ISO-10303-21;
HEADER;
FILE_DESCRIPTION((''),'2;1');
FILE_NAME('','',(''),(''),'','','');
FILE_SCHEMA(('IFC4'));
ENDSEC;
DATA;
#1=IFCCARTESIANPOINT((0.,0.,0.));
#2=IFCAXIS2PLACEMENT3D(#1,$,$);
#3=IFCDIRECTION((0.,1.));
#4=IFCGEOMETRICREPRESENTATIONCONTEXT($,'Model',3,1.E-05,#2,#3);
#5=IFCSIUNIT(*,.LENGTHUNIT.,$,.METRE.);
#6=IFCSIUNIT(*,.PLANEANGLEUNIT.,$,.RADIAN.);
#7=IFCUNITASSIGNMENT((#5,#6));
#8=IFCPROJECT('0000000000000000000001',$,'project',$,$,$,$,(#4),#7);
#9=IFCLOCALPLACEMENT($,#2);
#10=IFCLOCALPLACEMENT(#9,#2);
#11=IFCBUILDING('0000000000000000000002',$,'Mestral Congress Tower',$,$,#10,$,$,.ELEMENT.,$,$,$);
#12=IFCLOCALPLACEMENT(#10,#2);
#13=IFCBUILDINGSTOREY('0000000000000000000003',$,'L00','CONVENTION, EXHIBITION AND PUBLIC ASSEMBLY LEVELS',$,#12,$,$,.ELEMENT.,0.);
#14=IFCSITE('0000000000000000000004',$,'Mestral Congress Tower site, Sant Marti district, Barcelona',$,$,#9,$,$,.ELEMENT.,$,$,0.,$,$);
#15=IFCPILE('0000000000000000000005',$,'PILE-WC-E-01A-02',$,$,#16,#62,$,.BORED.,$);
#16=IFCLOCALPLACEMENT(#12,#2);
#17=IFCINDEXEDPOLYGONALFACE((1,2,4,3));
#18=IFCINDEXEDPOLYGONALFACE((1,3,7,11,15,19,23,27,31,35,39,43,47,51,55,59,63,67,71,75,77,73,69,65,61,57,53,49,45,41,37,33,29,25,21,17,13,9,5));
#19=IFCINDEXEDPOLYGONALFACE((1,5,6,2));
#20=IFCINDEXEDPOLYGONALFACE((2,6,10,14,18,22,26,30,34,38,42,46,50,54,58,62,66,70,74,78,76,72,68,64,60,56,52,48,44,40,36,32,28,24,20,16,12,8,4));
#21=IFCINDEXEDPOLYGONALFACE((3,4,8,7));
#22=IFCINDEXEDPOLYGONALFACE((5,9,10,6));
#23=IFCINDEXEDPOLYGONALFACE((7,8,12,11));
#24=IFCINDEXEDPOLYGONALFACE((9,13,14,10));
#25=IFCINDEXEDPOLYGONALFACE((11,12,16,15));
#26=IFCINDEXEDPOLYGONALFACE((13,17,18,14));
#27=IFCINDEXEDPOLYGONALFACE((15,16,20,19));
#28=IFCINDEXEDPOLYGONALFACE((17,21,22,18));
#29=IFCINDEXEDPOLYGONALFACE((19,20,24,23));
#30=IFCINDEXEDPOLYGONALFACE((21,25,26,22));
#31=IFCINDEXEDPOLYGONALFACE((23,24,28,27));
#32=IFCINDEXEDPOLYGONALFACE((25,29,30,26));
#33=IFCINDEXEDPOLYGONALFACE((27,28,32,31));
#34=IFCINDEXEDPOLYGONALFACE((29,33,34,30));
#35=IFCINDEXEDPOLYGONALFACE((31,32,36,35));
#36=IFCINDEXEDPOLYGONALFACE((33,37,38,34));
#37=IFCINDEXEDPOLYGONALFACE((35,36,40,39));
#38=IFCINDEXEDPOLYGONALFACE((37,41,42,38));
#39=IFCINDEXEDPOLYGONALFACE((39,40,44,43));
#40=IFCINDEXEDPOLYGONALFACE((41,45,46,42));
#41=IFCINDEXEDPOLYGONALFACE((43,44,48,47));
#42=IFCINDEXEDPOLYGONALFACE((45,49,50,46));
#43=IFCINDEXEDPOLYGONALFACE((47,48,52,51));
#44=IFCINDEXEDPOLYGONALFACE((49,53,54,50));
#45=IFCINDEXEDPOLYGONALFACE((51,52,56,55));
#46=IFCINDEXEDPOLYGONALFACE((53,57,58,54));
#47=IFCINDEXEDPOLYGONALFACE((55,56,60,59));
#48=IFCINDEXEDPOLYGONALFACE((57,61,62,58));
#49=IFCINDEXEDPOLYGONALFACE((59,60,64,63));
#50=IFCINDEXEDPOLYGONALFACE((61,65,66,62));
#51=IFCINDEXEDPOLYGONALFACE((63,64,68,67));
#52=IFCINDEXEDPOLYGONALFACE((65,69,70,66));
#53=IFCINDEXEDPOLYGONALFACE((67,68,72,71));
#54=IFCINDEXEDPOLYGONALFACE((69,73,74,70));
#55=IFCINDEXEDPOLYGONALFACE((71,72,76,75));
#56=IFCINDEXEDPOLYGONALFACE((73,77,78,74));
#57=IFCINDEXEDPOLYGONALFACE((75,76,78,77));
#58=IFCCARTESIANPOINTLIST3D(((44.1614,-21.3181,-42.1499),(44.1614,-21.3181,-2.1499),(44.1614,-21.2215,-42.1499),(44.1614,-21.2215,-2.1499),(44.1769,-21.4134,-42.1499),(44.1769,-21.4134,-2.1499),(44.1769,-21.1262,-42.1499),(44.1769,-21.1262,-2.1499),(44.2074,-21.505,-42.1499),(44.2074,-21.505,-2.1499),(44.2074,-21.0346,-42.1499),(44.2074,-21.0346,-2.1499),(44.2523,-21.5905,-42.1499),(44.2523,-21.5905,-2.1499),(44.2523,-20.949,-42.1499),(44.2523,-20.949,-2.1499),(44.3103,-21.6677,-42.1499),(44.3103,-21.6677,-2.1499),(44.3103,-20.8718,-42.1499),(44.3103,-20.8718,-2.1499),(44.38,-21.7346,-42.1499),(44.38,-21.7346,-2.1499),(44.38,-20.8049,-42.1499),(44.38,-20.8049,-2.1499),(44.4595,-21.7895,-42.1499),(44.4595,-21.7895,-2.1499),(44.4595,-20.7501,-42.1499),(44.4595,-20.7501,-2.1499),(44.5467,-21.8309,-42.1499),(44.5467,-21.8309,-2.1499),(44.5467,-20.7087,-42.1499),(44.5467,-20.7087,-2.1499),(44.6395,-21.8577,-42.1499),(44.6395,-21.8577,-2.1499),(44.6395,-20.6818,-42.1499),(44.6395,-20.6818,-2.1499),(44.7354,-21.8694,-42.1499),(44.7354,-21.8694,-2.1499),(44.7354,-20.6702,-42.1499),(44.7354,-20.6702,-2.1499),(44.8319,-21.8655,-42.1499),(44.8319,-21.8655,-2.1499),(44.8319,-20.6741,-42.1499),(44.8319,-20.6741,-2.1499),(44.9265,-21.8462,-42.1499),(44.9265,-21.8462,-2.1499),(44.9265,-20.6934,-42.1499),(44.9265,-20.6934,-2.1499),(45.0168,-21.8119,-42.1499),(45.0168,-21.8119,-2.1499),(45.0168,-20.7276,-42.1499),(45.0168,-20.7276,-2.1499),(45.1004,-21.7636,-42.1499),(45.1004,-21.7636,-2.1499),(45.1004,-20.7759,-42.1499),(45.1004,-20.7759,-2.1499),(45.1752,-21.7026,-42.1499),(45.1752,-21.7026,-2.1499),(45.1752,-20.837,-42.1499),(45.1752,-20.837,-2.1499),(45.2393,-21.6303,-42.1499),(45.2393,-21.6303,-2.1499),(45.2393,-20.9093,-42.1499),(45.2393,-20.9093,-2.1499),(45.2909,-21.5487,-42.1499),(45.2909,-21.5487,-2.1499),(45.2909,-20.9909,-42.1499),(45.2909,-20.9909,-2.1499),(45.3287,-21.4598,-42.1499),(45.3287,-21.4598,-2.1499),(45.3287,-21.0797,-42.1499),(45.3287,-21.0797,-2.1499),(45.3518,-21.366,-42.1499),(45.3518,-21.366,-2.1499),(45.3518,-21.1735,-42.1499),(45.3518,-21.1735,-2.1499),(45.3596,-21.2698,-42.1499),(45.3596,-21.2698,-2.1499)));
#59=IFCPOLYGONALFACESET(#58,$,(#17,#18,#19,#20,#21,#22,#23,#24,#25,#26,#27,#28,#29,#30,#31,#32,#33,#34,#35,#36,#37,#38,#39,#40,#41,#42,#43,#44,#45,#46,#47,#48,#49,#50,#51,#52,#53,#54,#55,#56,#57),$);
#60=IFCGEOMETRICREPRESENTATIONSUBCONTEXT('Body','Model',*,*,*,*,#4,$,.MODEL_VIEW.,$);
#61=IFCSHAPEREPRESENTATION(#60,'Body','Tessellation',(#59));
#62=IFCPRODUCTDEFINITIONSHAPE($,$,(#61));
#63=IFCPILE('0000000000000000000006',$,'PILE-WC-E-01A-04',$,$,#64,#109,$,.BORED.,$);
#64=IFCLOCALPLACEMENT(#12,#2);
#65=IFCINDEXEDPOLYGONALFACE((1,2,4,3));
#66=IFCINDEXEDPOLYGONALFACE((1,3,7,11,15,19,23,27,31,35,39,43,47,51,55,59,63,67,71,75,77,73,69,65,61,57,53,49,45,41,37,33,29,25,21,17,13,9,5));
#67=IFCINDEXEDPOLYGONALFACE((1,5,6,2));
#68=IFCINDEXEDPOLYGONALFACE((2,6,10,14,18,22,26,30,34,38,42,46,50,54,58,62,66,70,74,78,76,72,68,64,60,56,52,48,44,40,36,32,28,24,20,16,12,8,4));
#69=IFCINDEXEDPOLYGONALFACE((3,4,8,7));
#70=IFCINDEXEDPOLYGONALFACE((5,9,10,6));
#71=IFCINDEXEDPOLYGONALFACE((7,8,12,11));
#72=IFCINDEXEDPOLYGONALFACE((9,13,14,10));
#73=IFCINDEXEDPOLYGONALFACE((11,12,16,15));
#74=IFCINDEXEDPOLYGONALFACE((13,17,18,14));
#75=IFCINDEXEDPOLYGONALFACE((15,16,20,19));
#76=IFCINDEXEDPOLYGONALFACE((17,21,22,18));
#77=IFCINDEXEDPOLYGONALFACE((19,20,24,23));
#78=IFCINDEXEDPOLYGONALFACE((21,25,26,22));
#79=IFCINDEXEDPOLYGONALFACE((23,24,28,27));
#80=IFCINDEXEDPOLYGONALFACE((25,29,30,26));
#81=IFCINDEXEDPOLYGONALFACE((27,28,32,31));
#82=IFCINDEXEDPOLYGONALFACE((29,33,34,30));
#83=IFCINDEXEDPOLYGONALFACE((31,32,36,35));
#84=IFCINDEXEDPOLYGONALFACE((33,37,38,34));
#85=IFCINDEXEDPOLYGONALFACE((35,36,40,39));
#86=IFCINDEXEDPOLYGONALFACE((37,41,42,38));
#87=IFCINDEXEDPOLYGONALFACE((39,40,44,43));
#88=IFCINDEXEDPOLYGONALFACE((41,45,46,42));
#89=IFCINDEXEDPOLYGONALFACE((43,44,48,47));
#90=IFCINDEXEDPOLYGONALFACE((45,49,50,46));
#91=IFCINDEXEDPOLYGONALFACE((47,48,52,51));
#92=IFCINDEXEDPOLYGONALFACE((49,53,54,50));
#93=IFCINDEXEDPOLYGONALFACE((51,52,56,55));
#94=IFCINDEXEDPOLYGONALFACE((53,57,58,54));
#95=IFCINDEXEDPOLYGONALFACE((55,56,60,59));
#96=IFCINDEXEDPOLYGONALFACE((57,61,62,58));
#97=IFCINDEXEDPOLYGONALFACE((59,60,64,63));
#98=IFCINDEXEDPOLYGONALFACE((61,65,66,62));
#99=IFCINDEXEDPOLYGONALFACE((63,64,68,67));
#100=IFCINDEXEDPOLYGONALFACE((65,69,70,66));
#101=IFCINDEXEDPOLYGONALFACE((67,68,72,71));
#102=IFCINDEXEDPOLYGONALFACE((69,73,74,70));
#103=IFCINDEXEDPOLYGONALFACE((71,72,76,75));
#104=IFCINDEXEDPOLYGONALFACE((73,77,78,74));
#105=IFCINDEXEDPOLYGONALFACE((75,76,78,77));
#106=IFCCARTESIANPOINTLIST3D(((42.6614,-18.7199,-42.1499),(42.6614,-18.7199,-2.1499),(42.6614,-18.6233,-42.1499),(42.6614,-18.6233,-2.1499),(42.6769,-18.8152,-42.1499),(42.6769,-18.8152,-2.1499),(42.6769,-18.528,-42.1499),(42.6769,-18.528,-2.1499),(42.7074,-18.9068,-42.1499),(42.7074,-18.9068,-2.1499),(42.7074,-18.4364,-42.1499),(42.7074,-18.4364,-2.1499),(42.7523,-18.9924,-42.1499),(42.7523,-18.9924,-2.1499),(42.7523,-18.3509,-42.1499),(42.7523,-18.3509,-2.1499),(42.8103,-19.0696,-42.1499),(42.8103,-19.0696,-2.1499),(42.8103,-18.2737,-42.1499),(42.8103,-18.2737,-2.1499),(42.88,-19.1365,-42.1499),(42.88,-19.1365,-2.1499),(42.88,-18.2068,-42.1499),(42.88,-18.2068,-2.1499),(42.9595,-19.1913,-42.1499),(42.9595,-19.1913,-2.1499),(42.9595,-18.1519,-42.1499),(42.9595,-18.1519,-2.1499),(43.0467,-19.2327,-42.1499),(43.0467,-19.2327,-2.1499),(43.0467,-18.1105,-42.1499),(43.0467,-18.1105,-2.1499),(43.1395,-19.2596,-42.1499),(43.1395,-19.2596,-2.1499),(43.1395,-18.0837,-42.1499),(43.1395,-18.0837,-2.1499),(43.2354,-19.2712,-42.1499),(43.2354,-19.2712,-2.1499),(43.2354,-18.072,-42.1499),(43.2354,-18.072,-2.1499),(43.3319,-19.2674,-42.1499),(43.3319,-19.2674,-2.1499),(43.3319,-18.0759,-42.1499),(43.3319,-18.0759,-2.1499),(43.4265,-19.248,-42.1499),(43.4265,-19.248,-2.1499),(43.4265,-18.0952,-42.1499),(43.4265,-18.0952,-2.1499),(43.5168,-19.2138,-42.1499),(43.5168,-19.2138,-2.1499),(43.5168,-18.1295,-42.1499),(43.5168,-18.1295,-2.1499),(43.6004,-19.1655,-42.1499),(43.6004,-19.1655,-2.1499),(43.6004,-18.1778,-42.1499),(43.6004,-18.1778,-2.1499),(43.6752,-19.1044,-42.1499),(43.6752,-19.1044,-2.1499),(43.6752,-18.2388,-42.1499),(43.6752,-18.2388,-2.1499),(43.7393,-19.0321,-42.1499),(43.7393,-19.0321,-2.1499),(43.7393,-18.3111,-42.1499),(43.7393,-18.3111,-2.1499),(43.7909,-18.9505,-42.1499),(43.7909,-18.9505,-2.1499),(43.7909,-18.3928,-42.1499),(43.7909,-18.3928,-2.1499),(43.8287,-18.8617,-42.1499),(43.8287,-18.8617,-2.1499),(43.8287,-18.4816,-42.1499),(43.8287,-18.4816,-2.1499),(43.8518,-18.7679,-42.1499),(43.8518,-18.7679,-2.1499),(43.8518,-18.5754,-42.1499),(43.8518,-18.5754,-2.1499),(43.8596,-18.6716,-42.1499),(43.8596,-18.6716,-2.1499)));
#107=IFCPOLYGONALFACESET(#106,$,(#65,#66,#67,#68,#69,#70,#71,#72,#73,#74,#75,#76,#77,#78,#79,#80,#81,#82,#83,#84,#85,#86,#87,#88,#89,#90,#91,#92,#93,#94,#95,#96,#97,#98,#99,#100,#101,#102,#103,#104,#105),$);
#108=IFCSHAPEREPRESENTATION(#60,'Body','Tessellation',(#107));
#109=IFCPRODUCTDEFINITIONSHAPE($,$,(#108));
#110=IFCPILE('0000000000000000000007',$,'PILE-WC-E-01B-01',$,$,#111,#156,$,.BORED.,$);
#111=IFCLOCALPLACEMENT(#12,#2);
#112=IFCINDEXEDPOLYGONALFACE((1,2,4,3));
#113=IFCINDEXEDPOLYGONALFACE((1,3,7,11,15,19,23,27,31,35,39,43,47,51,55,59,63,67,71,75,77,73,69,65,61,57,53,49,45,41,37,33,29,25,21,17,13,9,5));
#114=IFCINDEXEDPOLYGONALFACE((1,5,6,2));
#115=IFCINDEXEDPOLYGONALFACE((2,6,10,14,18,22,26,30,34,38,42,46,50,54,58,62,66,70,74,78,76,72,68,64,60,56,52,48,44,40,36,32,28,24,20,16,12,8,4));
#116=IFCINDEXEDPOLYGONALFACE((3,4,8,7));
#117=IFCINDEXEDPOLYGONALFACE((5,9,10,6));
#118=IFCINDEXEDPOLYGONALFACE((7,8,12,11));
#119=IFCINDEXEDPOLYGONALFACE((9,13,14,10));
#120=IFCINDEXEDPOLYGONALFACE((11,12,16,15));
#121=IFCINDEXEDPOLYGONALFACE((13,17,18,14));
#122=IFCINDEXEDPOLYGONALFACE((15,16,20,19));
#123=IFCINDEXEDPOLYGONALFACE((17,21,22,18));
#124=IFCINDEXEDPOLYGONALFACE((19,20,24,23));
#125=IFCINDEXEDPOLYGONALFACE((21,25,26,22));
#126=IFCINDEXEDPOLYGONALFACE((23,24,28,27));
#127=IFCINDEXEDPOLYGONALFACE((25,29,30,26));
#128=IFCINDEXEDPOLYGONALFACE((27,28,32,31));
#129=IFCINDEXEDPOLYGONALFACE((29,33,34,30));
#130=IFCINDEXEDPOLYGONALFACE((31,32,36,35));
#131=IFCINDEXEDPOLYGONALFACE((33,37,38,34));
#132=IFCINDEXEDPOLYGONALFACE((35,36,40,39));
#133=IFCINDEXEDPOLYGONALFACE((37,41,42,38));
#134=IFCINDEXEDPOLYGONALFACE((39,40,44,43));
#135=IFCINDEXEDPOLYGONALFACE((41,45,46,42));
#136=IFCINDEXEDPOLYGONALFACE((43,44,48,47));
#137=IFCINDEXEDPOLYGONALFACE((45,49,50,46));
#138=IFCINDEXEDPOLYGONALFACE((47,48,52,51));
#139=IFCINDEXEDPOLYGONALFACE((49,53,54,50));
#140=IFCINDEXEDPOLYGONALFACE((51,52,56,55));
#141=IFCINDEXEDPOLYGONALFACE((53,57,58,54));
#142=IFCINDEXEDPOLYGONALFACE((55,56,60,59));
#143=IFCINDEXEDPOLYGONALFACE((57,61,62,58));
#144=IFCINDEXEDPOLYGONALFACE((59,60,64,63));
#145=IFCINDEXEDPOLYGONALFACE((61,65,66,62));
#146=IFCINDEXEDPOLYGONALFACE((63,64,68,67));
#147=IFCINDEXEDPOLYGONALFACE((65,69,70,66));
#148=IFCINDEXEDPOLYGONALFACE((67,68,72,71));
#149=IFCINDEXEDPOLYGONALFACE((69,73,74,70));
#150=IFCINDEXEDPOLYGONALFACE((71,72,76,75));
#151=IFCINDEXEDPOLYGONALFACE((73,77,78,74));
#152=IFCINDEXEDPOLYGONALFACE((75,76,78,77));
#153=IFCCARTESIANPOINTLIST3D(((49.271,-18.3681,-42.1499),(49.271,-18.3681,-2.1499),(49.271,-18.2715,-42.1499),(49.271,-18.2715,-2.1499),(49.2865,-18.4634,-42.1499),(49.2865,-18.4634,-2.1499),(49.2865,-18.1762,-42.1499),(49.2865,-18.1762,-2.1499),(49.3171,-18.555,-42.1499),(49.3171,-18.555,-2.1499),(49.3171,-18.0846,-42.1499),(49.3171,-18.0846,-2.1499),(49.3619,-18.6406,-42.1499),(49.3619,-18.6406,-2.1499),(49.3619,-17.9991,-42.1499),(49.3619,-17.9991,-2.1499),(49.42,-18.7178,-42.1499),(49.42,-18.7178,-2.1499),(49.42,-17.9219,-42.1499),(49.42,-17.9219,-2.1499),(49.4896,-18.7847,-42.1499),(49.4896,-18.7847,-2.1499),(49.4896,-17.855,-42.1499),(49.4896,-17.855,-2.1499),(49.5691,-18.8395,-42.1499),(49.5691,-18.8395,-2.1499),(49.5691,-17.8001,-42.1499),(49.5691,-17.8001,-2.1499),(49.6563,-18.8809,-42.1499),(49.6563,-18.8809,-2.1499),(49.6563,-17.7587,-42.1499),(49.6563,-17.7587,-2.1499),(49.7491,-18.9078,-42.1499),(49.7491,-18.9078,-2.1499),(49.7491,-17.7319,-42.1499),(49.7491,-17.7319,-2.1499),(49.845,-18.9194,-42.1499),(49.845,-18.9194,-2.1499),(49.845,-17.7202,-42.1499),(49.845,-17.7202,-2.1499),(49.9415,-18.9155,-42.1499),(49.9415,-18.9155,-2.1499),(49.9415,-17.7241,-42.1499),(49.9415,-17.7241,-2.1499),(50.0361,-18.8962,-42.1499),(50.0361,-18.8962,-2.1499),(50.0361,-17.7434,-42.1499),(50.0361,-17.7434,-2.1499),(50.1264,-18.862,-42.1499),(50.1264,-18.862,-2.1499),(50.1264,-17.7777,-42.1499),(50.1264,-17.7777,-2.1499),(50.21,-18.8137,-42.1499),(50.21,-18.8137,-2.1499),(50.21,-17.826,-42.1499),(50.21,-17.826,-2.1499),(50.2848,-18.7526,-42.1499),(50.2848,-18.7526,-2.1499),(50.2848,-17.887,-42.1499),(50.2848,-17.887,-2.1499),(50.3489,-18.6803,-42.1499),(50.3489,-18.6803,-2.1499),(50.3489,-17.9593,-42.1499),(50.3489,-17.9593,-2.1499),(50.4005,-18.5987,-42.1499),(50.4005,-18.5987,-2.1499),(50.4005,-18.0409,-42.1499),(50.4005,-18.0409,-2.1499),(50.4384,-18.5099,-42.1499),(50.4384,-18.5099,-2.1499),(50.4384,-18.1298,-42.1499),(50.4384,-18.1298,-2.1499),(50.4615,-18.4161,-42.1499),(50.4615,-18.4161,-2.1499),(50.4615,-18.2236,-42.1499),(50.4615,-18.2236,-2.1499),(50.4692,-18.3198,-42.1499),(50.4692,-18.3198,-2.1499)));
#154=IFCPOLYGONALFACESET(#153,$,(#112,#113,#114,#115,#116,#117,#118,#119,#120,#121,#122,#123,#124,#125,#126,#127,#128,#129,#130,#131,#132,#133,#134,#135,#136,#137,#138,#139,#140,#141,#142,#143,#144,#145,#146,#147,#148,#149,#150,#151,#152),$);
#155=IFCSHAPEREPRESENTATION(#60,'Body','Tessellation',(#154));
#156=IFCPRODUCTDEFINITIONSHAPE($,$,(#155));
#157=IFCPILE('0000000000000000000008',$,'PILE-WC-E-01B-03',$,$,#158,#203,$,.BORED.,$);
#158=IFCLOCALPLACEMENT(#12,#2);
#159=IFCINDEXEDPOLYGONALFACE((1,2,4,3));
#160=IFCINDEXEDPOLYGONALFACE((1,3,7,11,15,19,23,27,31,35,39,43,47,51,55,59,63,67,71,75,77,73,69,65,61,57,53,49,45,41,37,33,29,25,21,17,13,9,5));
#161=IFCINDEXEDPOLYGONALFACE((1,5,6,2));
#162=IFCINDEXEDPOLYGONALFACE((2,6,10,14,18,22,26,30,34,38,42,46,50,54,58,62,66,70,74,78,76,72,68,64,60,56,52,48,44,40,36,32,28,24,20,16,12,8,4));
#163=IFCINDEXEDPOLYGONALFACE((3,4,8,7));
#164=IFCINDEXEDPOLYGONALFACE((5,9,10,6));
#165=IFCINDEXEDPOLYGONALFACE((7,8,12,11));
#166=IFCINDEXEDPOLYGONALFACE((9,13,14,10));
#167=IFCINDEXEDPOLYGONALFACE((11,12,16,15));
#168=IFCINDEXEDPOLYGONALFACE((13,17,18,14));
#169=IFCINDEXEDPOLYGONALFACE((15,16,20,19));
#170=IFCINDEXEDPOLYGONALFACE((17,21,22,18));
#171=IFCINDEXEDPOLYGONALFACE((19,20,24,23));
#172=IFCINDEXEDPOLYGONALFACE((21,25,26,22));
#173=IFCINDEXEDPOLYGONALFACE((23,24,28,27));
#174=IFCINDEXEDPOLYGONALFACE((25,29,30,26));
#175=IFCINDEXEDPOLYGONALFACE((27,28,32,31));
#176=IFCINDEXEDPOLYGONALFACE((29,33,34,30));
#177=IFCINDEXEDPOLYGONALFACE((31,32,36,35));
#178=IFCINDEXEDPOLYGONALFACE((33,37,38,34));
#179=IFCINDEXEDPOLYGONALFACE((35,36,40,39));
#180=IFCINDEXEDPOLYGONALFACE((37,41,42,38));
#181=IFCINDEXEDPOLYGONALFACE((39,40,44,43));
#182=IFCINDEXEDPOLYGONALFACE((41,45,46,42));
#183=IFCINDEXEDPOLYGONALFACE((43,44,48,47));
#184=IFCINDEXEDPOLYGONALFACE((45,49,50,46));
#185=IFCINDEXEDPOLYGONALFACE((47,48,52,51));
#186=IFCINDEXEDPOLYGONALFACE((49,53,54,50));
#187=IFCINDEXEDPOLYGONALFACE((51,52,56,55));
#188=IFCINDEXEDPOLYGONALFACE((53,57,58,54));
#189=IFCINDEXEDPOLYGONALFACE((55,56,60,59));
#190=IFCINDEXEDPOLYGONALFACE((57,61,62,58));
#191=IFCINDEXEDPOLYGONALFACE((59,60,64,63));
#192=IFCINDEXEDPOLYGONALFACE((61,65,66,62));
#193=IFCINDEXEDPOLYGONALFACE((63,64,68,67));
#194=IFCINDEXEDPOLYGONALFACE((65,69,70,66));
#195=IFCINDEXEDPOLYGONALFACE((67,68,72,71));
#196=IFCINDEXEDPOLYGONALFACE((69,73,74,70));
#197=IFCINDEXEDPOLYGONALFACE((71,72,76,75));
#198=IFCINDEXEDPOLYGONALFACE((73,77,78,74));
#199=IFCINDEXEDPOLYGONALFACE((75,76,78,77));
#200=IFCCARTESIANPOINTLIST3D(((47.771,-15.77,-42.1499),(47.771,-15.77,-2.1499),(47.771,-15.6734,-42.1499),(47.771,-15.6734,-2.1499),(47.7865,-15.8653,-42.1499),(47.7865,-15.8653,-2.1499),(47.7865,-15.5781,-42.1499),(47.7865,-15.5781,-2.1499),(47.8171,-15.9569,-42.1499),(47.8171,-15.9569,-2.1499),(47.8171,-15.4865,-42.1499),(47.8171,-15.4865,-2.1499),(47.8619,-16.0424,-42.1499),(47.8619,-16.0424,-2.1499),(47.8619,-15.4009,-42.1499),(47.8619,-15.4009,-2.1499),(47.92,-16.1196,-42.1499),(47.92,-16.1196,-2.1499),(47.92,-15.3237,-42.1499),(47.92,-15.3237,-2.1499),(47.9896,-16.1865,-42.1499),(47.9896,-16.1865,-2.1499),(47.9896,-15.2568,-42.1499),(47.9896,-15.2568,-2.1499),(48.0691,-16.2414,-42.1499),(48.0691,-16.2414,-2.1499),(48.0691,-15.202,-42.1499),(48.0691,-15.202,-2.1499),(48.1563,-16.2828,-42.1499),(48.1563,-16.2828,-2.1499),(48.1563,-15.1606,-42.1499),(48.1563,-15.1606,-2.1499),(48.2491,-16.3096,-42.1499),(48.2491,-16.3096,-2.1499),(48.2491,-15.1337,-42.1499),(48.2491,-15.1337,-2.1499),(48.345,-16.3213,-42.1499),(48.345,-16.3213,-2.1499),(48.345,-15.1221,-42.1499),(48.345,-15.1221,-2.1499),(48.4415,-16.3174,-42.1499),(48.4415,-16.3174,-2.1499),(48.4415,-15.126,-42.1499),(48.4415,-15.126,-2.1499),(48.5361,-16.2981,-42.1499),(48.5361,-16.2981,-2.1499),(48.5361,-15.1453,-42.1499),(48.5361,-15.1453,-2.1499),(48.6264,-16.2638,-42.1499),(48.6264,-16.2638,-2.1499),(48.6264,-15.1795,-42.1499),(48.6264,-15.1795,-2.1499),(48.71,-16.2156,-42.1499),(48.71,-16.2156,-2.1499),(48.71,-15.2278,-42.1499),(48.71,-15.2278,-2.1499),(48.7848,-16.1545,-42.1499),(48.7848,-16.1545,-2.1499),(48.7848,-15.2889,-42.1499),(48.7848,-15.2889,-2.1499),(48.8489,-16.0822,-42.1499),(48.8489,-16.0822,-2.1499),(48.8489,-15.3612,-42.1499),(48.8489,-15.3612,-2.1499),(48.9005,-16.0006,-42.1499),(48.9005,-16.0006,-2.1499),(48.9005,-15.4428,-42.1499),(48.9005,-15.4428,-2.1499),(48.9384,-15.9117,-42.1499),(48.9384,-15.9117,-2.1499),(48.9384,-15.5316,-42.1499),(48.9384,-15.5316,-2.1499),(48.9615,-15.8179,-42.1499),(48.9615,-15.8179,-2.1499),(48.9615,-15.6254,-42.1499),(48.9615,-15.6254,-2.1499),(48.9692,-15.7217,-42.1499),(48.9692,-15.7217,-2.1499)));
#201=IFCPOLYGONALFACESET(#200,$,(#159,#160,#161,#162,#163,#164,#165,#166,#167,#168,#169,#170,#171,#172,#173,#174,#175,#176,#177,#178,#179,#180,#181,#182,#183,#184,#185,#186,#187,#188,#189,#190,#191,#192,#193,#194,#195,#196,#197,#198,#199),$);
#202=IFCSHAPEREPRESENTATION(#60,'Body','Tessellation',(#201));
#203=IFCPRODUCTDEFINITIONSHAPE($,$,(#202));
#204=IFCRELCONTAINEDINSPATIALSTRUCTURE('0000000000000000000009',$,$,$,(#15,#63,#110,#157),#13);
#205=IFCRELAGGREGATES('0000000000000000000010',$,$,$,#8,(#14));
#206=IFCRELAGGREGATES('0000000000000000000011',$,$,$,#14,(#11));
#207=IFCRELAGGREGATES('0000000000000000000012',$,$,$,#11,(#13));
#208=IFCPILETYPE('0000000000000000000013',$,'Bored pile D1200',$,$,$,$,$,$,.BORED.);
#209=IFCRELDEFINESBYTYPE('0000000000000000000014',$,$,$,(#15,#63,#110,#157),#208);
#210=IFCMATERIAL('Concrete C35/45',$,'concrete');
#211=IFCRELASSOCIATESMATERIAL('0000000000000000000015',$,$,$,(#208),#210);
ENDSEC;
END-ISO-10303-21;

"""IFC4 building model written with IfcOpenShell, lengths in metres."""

from ifc_helpers import new_model, si_unit, direction, frame, origin, origin_2d, place, context, subcontext, project, spatial, circle, extrude, material, material_profile, profile_set, type_object, element, save


model = new_model("IFC4")

# Units and contexts
model_context = context("Model", 3, precision=1e-05, world=origin(), true_north=direction((0.0, 1.0)))
body_context = subcontext(model_context, "Body", "Model", "MODEL_VIEW")
ifc_project = project(units=[si_unit("LENGTHUNIT", "METRE"), si_unit("PLANEANGLEUNIT", "RADIAN")], contexts=[model_context])

# Site, building, storey
site_placement = place(None, origin())
site = spatial("IfcSite", under=ifc_project, at=site_placement, Name="Mestral Congress Tower site, Sant Marti district, Barcelona", CompositionType="ELEMENT", RefElevation=0.0)
building_placement = place(site_placement, origin())
building = spatial("IfcBuilding", under=site, at=building_placement, Name="Mestral Congress Tower", CompositionType="ELEMENT")
storey_placement = place(building_placement, origin())
storey = spatial("IfcBuildingStorey", under=building, at=storey_placement, Name="L00", Description="CONVENTION, EXHIBITION AND PUBLIC ASSEMBLY LEVELS", CompositionType="ELEMENT", Elevation=0.0)

# Piles
ifc_material_1 = material(Name="Concrete C35/45", Category="concrete")
ifc_material_profile_1 = material_profile(ifc_material_1, circle(Radius=0.6001, at=origin_2d()), Name="D1200")
ifc_profile_set_1 = profile_set([ifc_material_profile_1], Name="Concrete C35/45")
pile_type = type_object("IfcPileType", Name="Bored pile D1200", PredefinedType="BORED", material=ifc_profile_set_1)
for number, where, z_axis, x_axis, name in (
    (1, (44.7595, -21.2698, -2.1499), (0.0, 0.0, -1.0), (1.0, 0.0, 0.0), "PILE-WC-E-01A-02"),
    (2, (43.2595, -18.6716, -2.1499), (0.0, 0.0, -1.0), (1.0, 0.0, 0.0), "PILE-WC-E-01A-04"),
    (3, (49.8691, -18.3198, -2.1499), (0.0, 0.0, -1.0), (1.0, 0.0, 0.0), "PILE-WC-E-01B-01"),
    (4, (48.3691, -15.7217, -2.1499), (0.0, 0.0, -1.0), (1.0, 0.0, 0.0), "PILE-WC-E-01B-03"),
):
    element("IfcPile", number, at=place(storey_placement, frame(where, z_axis=z_axis, x_axis=x_axis)), inside=storey, type_object=pile_type, Name=name, PredefinedType="BORED", context=body_context, shape_type="SweptSolid", body=[
        extrude(circle(Radius=0.6001, at=origin_2d()), origin(), (0.0, 0.0, 1.0), 40.0),
    ])

save(model, "model.ifc")
